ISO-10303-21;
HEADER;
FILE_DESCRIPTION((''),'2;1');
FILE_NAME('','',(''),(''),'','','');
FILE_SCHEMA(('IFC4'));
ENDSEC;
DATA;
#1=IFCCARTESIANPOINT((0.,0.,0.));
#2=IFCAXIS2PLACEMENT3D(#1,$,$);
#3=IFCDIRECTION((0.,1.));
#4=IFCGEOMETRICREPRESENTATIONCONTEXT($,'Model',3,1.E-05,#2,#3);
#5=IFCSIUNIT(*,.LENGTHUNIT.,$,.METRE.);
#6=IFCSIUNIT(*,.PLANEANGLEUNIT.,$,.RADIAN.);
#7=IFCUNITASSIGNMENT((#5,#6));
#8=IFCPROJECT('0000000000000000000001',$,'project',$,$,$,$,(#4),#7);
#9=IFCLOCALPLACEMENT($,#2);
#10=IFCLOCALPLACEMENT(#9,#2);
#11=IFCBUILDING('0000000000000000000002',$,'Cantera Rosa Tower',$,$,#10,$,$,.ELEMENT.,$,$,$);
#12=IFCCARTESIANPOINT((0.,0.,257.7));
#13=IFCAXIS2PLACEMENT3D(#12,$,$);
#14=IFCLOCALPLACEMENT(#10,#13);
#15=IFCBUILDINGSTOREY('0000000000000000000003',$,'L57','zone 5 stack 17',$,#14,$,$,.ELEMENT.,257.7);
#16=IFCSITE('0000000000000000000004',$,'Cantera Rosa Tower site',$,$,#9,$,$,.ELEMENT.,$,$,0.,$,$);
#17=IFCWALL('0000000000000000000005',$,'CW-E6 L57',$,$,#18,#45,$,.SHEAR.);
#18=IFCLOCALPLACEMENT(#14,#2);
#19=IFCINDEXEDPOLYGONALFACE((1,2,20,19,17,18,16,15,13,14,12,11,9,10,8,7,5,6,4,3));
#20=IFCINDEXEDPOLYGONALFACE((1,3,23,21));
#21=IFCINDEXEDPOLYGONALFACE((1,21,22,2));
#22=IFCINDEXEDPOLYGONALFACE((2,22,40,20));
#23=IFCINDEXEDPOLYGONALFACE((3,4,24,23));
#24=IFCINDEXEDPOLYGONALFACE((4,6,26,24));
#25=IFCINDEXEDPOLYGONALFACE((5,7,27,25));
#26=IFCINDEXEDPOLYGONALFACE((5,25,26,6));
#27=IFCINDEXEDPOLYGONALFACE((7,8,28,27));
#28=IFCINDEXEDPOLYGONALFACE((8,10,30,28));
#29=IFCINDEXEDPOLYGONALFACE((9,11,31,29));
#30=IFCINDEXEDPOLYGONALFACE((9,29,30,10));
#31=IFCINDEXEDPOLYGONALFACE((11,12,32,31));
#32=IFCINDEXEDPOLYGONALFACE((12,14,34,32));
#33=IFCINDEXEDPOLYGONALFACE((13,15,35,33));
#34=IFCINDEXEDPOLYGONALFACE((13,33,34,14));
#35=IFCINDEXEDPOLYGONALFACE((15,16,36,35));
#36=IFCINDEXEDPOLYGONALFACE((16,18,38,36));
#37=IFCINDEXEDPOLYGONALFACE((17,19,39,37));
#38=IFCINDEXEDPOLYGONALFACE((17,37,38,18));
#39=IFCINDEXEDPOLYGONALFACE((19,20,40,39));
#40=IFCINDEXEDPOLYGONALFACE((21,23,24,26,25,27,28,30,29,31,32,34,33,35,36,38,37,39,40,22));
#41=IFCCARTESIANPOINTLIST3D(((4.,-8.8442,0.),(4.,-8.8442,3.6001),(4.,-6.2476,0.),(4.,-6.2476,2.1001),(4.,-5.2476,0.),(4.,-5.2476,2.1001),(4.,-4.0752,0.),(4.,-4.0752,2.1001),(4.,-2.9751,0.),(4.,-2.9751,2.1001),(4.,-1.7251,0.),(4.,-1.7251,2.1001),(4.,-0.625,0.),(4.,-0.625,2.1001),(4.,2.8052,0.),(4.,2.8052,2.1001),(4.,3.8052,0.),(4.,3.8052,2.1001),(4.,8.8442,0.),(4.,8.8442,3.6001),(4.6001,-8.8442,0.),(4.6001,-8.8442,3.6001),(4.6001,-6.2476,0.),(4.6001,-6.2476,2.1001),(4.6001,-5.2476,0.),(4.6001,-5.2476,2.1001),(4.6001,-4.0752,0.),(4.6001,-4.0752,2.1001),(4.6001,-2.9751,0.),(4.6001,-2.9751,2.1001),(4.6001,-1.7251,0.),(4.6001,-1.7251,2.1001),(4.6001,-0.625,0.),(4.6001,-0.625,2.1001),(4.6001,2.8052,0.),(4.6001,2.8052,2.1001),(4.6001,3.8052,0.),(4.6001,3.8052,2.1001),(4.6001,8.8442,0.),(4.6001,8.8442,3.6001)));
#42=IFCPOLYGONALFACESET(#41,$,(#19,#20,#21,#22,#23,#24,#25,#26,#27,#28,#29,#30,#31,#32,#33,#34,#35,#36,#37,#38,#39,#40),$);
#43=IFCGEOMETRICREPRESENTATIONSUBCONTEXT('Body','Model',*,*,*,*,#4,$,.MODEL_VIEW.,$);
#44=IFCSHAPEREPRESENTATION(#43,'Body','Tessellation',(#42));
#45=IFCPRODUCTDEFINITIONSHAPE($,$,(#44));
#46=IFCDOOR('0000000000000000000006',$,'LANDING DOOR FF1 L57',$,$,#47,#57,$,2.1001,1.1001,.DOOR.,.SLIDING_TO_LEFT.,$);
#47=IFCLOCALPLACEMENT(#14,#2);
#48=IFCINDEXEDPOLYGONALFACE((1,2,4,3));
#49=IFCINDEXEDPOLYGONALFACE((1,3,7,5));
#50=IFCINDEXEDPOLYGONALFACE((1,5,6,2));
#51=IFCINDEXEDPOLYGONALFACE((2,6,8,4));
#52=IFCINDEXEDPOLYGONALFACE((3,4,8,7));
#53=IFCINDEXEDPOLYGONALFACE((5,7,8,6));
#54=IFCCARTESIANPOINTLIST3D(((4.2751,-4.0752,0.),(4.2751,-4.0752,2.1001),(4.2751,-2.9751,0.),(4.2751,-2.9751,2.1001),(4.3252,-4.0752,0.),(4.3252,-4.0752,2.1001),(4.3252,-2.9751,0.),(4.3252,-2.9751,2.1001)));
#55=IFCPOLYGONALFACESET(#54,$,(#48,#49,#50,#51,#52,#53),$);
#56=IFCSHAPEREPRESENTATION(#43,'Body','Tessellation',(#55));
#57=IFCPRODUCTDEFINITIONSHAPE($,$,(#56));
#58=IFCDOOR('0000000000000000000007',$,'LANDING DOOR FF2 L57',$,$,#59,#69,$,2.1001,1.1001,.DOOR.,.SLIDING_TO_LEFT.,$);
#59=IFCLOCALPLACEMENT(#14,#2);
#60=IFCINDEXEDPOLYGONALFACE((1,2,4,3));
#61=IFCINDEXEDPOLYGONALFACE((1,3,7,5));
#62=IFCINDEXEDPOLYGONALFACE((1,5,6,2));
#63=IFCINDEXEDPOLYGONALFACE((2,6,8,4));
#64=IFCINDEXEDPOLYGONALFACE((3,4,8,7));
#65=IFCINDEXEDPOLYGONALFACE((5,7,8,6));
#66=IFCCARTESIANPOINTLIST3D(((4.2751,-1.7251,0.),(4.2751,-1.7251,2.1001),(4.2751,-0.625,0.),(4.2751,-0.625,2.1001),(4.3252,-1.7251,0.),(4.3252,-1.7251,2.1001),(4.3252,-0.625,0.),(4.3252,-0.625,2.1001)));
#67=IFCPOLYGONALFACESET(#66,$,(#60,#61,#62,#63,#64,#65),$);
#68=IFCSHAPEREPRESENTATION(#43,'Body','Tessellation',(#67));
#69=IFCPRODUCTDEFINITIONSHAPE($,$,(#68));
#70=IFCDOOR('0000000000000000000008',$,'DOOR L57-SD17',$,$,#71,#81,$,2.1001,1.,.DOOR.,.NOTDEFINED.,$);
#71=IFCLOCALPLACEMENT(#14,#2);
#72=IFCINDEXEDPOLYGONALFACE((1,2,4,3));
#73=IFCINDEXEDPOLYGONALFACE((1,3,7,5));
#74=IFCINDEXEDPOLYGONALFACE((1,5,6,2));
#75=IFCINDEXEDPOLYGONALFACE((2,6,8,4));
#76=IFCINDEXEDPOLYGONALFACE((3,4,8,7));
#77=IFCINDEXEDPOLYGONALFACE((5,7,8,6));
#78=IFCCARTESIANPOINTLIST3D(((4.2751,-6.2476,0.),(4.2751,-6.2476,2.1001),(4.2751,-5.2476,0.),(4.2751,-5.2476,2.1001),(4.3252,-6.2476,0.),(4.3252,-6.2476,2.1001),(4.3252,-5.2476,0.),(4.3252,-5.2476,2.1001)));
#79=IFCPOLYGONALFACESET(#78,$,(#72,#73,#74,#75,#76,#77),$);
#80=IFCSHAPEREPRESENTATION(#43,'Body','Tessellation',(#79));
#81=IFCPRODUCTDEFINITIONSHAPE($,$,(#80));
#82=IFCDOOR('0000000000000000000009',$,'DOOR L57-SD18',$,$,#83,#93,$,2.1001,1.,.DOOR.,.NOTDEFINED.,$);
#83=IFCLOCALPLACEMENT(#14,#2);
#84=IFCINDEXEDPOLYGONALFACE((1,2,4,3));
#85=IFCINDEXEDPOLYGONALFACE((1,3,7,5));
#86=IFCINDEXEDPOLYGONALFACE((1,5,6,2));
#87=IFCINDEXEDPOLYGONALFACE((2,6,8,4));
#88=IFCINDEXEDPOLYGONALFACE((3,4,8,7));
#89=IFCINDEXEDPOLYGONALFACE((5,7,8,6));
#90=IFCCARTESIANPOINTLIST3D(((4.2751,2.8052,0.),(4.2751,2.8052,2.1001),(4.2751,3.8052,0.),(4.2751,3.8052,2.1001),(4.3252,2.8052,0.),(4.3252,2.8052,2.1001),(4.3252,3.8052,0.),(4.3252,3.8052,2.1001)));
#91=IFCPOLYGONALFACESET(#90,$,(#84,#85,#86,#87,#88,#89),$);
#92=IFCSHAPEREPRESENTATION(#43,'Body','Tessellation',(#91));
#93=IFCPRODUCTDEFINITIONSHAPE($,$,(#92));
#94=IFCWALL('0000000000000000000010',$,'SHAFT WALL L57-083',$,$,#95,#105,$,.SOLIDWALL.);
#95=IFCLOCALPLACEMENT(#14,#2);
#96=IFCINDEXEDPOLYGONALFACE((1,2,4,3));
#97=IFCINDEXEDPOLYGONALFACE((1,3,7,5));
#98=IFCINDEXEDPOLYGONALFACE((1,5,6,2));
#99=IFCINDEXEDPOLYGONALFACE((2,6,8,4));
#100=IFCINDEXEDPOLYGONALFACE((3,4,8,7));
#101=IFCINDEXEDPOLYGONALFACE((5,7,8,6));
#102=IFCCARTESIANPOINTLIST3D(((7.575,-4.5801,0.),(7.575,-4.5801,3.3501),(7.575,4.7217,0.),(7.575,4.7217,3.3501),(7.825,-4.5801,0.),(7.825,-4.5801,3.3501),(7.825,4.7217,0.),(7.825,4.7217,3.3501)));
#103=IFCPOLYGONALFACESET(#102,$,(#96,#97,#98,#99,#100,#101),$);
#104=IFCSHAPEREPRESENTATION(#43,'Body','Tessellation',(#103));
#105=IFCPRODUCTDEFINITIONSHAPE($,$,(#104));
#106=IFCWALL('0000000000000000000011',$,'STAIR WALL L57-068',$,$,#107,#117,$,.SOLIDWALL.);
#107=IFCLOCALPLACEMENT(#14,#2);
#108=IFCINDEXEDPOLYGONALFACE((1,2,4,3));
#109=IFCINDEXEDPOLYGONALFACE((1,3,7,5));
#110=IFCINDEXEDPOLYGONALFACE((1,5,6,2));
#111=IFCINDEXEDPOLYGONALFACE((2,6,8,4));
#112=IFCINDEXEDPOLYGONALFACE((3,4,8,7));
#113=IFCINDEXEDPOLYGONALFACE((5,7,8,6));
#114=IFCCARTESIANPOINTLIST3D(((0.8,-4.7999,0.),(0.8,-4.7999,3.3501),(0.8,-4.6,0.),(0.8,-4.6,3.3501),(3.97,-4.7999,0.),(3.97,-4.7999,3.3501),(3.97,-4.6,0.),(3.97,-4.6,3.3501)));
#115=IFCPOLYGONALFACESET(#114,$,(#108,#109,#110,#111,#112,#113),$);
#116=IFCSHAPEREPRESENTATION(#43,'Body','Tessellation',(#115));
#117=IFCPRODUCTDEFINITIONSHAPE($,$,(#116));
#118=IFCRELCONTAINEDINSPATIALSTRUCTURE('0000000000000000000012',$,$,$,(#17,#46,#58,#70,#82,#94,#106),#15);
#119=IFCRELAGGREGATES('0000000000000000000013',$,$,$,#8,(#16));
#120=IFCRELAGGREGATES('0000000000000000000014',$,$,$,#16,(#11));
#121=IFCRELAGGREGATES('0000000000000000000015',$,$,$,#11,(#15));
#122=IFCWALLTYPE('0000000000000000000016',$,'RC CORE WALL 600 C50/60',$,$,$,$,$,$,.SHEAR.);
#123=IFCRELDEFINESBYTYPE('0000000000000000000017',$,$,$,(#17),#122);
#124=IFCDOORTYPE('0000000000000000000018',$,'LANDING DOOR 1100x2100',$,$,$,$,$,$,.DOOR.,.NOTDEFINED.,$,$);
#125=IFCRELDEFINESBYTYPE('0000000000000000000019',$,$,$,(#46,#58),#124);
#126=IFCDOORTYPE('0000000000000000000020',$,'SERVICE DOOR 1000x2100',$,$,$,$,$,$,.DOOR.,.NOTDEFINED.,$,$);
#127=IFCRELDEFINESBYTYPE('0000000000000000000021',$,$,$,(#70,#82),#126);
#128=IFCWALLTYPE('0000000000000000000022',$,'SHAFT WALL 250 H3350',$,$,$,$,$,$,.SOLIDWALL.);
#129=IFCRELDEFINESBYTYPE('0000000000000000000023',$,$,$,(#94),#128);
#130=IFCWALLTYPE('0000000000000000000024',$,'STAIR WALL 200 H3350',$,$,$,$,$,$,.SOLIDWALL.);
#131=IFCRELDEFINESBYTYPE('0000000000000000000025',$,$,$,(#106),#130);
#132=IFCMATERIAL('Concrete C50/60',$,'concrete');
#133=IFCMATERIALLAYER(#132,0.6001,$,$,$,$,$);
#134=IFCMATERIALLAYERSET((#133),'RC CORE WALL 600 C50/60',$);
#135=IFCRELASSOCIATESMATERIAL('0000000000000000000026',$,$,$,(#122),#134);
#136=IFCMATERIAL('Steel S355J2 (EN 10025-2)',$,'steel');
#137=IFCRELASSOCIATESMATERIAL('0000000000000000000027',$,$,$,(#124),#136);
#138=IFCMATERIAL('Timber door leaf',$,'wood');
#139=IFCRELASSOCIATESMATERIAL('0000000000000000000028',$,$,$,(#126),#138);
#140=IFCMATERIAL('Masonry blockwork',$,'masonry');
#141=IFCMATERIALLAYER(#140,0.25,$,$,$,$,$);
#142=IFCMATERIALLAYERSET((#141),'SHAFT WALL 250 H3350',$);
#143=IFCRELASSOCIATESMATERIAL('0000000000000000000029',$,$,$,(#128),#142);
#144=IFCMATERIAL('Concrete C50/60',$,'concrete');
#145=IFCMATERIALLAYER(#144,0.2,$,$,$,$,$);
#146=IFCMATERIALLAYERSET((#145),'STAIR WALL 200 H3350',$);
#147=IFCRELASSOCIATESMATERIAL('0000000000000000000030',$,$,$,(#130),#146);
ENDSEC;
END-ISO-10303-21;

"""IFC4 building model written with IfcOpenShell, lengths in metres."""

from ifc_helpers import new_model, si_unit, direction, frame, frame_2d, origin, place, context, subcontext, project, spatial, rectangle, extrude, material, layer, layer_set, type_object, element, fill, save


model = new_model("IFC4")

# Units and contexts
model_context = context("Model", 3, precision=1e-05, world=origin(), true_north=direction((0.0, 1.0)))
body_context = subcontext(model_context, "Body", "Model", "MODEL_VIEW")
ifc_project = project(units=[si_unit("LENGTHUNIT", "METRE"), si_unit("PLANEANGLEUNIT", "RADIAN")], contexts=[model_context])

# Site, building, storey
site_placement = place(None, origin())
site = spatial("IfcSite", under=ifc_project, at=site_placement, Name="Cantera Rosa Tower site", CompositionType="ELEMENT", RefElevation=0.0)
building_placement = place(site_placement, origin())
building = spatial("IfcBuilding", under=site, at=building_placement, Name="Cantera Rosa Tower", CompositionType="ELEMENT")
storey_placement = place(building_placement, frame((0.0, 0.0, 257.7)))
storey = spatial("IfcBuildingStorey", under=building, at=storey_placement, Name="L57", Description="zone 5 stack 17", CompositionType="ELEMENT", Elevation=257.7)

# Shared definitions
ifc_material_1 = material(Name="Concrete C50/60", Category="concrete")
ifc_layer_1 = layer(ifc_material_1, 0.6001)
ifc_layer_set_1 = layer_set([ifc_layer_1], Name="RC CORE WALL 600 C50/60")
wall_type_1 = type_object("IfcWallType", Name="RC CORE WALL 600 C50/60", PredefinedType="SHEAR", material=ifc_layer_set_1)

# Wall, openings, doors
wall_1_placement = place(storey_placement, frame((4.3, -8.8442, 0.0), z_axis=(0.0, 0.0, 1.0), x_axis=(0.0, 1.0, 0.0)))
wall_1 = element("IfcWall", 1, at=wall_1_placement, inside=storey, type_object=wall_type_1, Name="CW-E6 L57", PredefinedType="SHEAR", context=body_context, shape_type="SweptSolid", body=[
    extrude(rectangle(XDim=17.6885, YDim=0.6001, at=frame_2d((8.8442, 0.0))), origin(), (0.0, 0.0, 1.0), 3.6001),
])
opening_1_placement = place(wall_1_placement, frame((4.769, 0.0, 0.0)))
opening_1 = element("IfcOpeningElement", 2, at=opening_1_placement, cuts=wall_1, PredefinedType="OPENING", context=body_context, shape_type="SweptSolid", body=[
    extrude(rectangle(XDim=1.1001, YDim=2.1001, at=frame_2d((0.55, 1.05))), frame((0.0, 0.3101, 0.0), z_axis=(0.0, -1.0, 0.0), x_axis=(1.0, 0.0, 0.0)), (0.0, 0.0, 1.0), 0.6201),
])
opening_2_placement = place(wall_1_placement, frame((7.1191, 0.0, 0.0)))
opening_2 = element("IfcOpeningElement", 3, at=opening_2_placement, cuts=wall_1, PredefinedType="OPENING", context=body_context, shape_type="SweptSolid", body=[
    extrude(rectangle(XDim=1.1001, YDim=2.1001, at=frame_2d((0.55, 1.05))), frame((0.0, 0.3101, 0.0), z_axis=(0.0, -1.0, 0.0), x_axis=(1.0, 0.0, 0.0)), (0.0, 0.0, 1.0), 0.6201),
])
opening_3_placement = place(wall_1_placement, frame((2.5967, 0.0, 0.0)))
opening_3 = element("IfcOpeningElement", 4, at=opening_3_placement, cuts=wall_1, PredefinedType="OPENING", context=body_context, shape_type="SweptSolid", body=[
    extrude(rectangle(XDim=1.0, YDim=2.1001, at=frame_2d((0.5, 1.05))), frame((0.0, 0.3101, 0.0), z_axis=(0.0, -1.0, 0.0), x_axis=(1.0, 0.0, 0.0)), (0.0, 0.0, 1.0), 0.6201),
])
opening_4_placement = place(wall_1_placement, frame((11.6494, 0.0, 0.0)))
opening_4 = element("IfcOpeningElement", 5, at=opening_4_placement, cuts=wall_1, PredefinedType="OPENING", context=body_context, shape_type="SweptSolid", body=[
    extrude(rectangle(XDim=1.0, YDim=2.1001, at=frame_2d((0.5, 1.05))), frame((0.0, 0.3101, 0.0), z_axis=(0.0, -1.0, 0.0), x_axis=(1.0, 0.0, 0.0)), (0.0, 0.0, 1.0), 0.6201),
])
ifc_material_2 = material(Name="Steel S355J2 (EN 10025-2)", Category="steel")
door_type_1 = type_object("IfcDoorType", Name="LANDING DOOR 1100x2100", OperationType="NOTDEFINED", PredefinedType="DOOR", material=ifc_material_2)
door_1_placement = place(opening_1_placement, origin())
door_1 = element("IfcDoor", 6, at=door_1_placement, inside=storey, type_object=door_type_1, Name="LANDING DOOR FF1 L57", OperationType="SLIDING_TO_LEFT", OverallHeight=2.1001, OverallWidth=1.1001, PredefinedType="DOOR", context=body_context, shape_type="SweptSolid", body=[
    extrude(rectangle(XDim=1.1001, YDim=2.1001, at=frame_2d((0.55, 1.05))), frame((0.0, 0.0249, 0.0), z_axis=(0.0, -1.0, 0.0), x_axis=(1.0, 0.0, 0.0)), (0.0, 0.0, 1.0), 0.05),
])
fill(opening_1, door_1)
door_2_placement = place(opening_2_placement, origin())
door_2 = element("IfcDoor", 7, at=door_2_placement, inside=storey, type_object=door_type_1, Name="LANDING DOOR FF2 L57", OperationType="SLIDING_TO_LEFT", OverallHeight=2.1001, OverallWidth=1.1001, PredefinedType="DOOR", context=body_context, shape_type="SweptSolid", body=[
    extrude(rectangle(XDim=1.1001, YDim=2.1001, at=frame_2d((0.55, 1.05))), frame((0.0, 0.0249, 0.0), z_axis=(0.0, -1.0, 0.0), x_axis=(1.0, 0.0, 0.0)), (0.0, 0.0, 1.0), 0.05),
])
fill(opening_2, door_2)
ifc_material_3 = material(Name="Timber door leaf", Category="wood")
door_type_2 = type_object("IfcDoorType", Name="SERVICE DOOR 1000x2100", OperationType="NOTDEFINED", PredefinedType="DOOR", material=ifc_material_3)
door_3_placement = place(opening_3_placement, origin())
door_3 = element("IfcDoor", 8, at=door_3_placement, inside=storey, type_object=door_type_2, Name="DOOR L57-SD17", OperationType="NOTDEFINED", OverallHeight=2.1001, OverallWidth=1.0, PredefinedType="DOOR", context=body_context, shape_type="SweptSolid", body=[
    extrude(rectangle(XDim=1.0, YDim=2.1001, at=frame_2d((0.5, 1.05))), frame((0.0, 0.0249, 0.0), z_axis=(0.0, -1.0, 0.0), x_axis=(1.0, 0.0, 0.0)), (0.0, 0.0, 1.0), 0.05),
])
fill(opening_3, door_3)
door_4_placement = place(opening_4_placement, origin())
door_4 = element("IfcDoor", 9, at=door_4_placement, inside=storey, type_object=door_type_2, Name="DOOR L57-SD18", OperationType="NOTDEFINED", OverallHeight=2.1001, OverallWidth=1.0, PredefinedType="DOOR", context=body_context, shape_type="SweptSolid", body=[
    extrude(rectangle(XDim=1.0, YDim=2.1001, at=frame_2d((0.5, 1.05))), frame((0.0, 0.0249, 0.0), z_axis=(0.0, -1.0, 0.0), x_axis=(1.0, 0.0, 0.0)), (0.0, 0.0, 1.0), 0.05),
])
fill(opening_4, door_4)

# Walls
ifc_material_4 = material(Name="Masonry blockwork", Category="masonry")
ifc_layer_2 = layer(ifc_material_4, 0.25)
ifc_layer_set_2 = layer_set([ifc_layer_2], Name="SHAFT WALL 250 H3350")
wall_type_2 = type_object("IfcWallType", Name="SHAFT WALL 250 H3350", PredefinedType="SOLIDWALL", material=ifc_layer_set_2)
wall_2_placement = place(storey_placement, frame((7.7, -4.5801, 0.0), z_axis=(0.0, 0.0, 1.0), x_axis=(0.0, 1.0, 0.0)))
element("IfcWall", 10, at=wall_2_placement, inside=storey, type_object=wall_type_2, Name="SHAFT WALL L57-083", PredefinedType="SOLIDWALL", context=body_context, shape_type="SweptSolid", body=[
    extrude(rectangle(XDim=9.3018, YDim=0.25, at=frame_2d((4.6509, 0.0))), origin(), (0.0, 0.0, 1.0), 3.3501),
])
ifc_material_5 = material(Name="Concrete C50/60", Category="concrete")
ifc_layer_3 = layer(ifc_material_5, 0.2)
ifc_layer_set_3 = layer_set([ifc_layer_3], Name="STAIR WALL 200 H3350")
wall_type_3 = type_object("IfcWallType", Name="STAIR WALL 200 H3350", PredefinedType="SOLIDWALL", material=ifc_layer_set_3)
wall_3_placement = place(storey_placement, frame((3.97, -4.7, 0.0), z_axis=(0.0, 0.0, 1.0), x_axis=(-1.0, 0.0, 0.0)))
element("IfcWall", 11, at=wall_3_placement, inside=storey, type_object=wall_type_3, Name="STAIR WALL L57-068", PredefinedType="SOLIDWALL", context=body_context, shape_type="SweptSolid", body=[
    extrude(rectangle(XDim=3.1699, YDim=0.2, at=frame_2d((1.585, 0.0))), origin(), (0.0, 0.0, 1.0), 3.3501),
])

save(model, "model.ifc")
